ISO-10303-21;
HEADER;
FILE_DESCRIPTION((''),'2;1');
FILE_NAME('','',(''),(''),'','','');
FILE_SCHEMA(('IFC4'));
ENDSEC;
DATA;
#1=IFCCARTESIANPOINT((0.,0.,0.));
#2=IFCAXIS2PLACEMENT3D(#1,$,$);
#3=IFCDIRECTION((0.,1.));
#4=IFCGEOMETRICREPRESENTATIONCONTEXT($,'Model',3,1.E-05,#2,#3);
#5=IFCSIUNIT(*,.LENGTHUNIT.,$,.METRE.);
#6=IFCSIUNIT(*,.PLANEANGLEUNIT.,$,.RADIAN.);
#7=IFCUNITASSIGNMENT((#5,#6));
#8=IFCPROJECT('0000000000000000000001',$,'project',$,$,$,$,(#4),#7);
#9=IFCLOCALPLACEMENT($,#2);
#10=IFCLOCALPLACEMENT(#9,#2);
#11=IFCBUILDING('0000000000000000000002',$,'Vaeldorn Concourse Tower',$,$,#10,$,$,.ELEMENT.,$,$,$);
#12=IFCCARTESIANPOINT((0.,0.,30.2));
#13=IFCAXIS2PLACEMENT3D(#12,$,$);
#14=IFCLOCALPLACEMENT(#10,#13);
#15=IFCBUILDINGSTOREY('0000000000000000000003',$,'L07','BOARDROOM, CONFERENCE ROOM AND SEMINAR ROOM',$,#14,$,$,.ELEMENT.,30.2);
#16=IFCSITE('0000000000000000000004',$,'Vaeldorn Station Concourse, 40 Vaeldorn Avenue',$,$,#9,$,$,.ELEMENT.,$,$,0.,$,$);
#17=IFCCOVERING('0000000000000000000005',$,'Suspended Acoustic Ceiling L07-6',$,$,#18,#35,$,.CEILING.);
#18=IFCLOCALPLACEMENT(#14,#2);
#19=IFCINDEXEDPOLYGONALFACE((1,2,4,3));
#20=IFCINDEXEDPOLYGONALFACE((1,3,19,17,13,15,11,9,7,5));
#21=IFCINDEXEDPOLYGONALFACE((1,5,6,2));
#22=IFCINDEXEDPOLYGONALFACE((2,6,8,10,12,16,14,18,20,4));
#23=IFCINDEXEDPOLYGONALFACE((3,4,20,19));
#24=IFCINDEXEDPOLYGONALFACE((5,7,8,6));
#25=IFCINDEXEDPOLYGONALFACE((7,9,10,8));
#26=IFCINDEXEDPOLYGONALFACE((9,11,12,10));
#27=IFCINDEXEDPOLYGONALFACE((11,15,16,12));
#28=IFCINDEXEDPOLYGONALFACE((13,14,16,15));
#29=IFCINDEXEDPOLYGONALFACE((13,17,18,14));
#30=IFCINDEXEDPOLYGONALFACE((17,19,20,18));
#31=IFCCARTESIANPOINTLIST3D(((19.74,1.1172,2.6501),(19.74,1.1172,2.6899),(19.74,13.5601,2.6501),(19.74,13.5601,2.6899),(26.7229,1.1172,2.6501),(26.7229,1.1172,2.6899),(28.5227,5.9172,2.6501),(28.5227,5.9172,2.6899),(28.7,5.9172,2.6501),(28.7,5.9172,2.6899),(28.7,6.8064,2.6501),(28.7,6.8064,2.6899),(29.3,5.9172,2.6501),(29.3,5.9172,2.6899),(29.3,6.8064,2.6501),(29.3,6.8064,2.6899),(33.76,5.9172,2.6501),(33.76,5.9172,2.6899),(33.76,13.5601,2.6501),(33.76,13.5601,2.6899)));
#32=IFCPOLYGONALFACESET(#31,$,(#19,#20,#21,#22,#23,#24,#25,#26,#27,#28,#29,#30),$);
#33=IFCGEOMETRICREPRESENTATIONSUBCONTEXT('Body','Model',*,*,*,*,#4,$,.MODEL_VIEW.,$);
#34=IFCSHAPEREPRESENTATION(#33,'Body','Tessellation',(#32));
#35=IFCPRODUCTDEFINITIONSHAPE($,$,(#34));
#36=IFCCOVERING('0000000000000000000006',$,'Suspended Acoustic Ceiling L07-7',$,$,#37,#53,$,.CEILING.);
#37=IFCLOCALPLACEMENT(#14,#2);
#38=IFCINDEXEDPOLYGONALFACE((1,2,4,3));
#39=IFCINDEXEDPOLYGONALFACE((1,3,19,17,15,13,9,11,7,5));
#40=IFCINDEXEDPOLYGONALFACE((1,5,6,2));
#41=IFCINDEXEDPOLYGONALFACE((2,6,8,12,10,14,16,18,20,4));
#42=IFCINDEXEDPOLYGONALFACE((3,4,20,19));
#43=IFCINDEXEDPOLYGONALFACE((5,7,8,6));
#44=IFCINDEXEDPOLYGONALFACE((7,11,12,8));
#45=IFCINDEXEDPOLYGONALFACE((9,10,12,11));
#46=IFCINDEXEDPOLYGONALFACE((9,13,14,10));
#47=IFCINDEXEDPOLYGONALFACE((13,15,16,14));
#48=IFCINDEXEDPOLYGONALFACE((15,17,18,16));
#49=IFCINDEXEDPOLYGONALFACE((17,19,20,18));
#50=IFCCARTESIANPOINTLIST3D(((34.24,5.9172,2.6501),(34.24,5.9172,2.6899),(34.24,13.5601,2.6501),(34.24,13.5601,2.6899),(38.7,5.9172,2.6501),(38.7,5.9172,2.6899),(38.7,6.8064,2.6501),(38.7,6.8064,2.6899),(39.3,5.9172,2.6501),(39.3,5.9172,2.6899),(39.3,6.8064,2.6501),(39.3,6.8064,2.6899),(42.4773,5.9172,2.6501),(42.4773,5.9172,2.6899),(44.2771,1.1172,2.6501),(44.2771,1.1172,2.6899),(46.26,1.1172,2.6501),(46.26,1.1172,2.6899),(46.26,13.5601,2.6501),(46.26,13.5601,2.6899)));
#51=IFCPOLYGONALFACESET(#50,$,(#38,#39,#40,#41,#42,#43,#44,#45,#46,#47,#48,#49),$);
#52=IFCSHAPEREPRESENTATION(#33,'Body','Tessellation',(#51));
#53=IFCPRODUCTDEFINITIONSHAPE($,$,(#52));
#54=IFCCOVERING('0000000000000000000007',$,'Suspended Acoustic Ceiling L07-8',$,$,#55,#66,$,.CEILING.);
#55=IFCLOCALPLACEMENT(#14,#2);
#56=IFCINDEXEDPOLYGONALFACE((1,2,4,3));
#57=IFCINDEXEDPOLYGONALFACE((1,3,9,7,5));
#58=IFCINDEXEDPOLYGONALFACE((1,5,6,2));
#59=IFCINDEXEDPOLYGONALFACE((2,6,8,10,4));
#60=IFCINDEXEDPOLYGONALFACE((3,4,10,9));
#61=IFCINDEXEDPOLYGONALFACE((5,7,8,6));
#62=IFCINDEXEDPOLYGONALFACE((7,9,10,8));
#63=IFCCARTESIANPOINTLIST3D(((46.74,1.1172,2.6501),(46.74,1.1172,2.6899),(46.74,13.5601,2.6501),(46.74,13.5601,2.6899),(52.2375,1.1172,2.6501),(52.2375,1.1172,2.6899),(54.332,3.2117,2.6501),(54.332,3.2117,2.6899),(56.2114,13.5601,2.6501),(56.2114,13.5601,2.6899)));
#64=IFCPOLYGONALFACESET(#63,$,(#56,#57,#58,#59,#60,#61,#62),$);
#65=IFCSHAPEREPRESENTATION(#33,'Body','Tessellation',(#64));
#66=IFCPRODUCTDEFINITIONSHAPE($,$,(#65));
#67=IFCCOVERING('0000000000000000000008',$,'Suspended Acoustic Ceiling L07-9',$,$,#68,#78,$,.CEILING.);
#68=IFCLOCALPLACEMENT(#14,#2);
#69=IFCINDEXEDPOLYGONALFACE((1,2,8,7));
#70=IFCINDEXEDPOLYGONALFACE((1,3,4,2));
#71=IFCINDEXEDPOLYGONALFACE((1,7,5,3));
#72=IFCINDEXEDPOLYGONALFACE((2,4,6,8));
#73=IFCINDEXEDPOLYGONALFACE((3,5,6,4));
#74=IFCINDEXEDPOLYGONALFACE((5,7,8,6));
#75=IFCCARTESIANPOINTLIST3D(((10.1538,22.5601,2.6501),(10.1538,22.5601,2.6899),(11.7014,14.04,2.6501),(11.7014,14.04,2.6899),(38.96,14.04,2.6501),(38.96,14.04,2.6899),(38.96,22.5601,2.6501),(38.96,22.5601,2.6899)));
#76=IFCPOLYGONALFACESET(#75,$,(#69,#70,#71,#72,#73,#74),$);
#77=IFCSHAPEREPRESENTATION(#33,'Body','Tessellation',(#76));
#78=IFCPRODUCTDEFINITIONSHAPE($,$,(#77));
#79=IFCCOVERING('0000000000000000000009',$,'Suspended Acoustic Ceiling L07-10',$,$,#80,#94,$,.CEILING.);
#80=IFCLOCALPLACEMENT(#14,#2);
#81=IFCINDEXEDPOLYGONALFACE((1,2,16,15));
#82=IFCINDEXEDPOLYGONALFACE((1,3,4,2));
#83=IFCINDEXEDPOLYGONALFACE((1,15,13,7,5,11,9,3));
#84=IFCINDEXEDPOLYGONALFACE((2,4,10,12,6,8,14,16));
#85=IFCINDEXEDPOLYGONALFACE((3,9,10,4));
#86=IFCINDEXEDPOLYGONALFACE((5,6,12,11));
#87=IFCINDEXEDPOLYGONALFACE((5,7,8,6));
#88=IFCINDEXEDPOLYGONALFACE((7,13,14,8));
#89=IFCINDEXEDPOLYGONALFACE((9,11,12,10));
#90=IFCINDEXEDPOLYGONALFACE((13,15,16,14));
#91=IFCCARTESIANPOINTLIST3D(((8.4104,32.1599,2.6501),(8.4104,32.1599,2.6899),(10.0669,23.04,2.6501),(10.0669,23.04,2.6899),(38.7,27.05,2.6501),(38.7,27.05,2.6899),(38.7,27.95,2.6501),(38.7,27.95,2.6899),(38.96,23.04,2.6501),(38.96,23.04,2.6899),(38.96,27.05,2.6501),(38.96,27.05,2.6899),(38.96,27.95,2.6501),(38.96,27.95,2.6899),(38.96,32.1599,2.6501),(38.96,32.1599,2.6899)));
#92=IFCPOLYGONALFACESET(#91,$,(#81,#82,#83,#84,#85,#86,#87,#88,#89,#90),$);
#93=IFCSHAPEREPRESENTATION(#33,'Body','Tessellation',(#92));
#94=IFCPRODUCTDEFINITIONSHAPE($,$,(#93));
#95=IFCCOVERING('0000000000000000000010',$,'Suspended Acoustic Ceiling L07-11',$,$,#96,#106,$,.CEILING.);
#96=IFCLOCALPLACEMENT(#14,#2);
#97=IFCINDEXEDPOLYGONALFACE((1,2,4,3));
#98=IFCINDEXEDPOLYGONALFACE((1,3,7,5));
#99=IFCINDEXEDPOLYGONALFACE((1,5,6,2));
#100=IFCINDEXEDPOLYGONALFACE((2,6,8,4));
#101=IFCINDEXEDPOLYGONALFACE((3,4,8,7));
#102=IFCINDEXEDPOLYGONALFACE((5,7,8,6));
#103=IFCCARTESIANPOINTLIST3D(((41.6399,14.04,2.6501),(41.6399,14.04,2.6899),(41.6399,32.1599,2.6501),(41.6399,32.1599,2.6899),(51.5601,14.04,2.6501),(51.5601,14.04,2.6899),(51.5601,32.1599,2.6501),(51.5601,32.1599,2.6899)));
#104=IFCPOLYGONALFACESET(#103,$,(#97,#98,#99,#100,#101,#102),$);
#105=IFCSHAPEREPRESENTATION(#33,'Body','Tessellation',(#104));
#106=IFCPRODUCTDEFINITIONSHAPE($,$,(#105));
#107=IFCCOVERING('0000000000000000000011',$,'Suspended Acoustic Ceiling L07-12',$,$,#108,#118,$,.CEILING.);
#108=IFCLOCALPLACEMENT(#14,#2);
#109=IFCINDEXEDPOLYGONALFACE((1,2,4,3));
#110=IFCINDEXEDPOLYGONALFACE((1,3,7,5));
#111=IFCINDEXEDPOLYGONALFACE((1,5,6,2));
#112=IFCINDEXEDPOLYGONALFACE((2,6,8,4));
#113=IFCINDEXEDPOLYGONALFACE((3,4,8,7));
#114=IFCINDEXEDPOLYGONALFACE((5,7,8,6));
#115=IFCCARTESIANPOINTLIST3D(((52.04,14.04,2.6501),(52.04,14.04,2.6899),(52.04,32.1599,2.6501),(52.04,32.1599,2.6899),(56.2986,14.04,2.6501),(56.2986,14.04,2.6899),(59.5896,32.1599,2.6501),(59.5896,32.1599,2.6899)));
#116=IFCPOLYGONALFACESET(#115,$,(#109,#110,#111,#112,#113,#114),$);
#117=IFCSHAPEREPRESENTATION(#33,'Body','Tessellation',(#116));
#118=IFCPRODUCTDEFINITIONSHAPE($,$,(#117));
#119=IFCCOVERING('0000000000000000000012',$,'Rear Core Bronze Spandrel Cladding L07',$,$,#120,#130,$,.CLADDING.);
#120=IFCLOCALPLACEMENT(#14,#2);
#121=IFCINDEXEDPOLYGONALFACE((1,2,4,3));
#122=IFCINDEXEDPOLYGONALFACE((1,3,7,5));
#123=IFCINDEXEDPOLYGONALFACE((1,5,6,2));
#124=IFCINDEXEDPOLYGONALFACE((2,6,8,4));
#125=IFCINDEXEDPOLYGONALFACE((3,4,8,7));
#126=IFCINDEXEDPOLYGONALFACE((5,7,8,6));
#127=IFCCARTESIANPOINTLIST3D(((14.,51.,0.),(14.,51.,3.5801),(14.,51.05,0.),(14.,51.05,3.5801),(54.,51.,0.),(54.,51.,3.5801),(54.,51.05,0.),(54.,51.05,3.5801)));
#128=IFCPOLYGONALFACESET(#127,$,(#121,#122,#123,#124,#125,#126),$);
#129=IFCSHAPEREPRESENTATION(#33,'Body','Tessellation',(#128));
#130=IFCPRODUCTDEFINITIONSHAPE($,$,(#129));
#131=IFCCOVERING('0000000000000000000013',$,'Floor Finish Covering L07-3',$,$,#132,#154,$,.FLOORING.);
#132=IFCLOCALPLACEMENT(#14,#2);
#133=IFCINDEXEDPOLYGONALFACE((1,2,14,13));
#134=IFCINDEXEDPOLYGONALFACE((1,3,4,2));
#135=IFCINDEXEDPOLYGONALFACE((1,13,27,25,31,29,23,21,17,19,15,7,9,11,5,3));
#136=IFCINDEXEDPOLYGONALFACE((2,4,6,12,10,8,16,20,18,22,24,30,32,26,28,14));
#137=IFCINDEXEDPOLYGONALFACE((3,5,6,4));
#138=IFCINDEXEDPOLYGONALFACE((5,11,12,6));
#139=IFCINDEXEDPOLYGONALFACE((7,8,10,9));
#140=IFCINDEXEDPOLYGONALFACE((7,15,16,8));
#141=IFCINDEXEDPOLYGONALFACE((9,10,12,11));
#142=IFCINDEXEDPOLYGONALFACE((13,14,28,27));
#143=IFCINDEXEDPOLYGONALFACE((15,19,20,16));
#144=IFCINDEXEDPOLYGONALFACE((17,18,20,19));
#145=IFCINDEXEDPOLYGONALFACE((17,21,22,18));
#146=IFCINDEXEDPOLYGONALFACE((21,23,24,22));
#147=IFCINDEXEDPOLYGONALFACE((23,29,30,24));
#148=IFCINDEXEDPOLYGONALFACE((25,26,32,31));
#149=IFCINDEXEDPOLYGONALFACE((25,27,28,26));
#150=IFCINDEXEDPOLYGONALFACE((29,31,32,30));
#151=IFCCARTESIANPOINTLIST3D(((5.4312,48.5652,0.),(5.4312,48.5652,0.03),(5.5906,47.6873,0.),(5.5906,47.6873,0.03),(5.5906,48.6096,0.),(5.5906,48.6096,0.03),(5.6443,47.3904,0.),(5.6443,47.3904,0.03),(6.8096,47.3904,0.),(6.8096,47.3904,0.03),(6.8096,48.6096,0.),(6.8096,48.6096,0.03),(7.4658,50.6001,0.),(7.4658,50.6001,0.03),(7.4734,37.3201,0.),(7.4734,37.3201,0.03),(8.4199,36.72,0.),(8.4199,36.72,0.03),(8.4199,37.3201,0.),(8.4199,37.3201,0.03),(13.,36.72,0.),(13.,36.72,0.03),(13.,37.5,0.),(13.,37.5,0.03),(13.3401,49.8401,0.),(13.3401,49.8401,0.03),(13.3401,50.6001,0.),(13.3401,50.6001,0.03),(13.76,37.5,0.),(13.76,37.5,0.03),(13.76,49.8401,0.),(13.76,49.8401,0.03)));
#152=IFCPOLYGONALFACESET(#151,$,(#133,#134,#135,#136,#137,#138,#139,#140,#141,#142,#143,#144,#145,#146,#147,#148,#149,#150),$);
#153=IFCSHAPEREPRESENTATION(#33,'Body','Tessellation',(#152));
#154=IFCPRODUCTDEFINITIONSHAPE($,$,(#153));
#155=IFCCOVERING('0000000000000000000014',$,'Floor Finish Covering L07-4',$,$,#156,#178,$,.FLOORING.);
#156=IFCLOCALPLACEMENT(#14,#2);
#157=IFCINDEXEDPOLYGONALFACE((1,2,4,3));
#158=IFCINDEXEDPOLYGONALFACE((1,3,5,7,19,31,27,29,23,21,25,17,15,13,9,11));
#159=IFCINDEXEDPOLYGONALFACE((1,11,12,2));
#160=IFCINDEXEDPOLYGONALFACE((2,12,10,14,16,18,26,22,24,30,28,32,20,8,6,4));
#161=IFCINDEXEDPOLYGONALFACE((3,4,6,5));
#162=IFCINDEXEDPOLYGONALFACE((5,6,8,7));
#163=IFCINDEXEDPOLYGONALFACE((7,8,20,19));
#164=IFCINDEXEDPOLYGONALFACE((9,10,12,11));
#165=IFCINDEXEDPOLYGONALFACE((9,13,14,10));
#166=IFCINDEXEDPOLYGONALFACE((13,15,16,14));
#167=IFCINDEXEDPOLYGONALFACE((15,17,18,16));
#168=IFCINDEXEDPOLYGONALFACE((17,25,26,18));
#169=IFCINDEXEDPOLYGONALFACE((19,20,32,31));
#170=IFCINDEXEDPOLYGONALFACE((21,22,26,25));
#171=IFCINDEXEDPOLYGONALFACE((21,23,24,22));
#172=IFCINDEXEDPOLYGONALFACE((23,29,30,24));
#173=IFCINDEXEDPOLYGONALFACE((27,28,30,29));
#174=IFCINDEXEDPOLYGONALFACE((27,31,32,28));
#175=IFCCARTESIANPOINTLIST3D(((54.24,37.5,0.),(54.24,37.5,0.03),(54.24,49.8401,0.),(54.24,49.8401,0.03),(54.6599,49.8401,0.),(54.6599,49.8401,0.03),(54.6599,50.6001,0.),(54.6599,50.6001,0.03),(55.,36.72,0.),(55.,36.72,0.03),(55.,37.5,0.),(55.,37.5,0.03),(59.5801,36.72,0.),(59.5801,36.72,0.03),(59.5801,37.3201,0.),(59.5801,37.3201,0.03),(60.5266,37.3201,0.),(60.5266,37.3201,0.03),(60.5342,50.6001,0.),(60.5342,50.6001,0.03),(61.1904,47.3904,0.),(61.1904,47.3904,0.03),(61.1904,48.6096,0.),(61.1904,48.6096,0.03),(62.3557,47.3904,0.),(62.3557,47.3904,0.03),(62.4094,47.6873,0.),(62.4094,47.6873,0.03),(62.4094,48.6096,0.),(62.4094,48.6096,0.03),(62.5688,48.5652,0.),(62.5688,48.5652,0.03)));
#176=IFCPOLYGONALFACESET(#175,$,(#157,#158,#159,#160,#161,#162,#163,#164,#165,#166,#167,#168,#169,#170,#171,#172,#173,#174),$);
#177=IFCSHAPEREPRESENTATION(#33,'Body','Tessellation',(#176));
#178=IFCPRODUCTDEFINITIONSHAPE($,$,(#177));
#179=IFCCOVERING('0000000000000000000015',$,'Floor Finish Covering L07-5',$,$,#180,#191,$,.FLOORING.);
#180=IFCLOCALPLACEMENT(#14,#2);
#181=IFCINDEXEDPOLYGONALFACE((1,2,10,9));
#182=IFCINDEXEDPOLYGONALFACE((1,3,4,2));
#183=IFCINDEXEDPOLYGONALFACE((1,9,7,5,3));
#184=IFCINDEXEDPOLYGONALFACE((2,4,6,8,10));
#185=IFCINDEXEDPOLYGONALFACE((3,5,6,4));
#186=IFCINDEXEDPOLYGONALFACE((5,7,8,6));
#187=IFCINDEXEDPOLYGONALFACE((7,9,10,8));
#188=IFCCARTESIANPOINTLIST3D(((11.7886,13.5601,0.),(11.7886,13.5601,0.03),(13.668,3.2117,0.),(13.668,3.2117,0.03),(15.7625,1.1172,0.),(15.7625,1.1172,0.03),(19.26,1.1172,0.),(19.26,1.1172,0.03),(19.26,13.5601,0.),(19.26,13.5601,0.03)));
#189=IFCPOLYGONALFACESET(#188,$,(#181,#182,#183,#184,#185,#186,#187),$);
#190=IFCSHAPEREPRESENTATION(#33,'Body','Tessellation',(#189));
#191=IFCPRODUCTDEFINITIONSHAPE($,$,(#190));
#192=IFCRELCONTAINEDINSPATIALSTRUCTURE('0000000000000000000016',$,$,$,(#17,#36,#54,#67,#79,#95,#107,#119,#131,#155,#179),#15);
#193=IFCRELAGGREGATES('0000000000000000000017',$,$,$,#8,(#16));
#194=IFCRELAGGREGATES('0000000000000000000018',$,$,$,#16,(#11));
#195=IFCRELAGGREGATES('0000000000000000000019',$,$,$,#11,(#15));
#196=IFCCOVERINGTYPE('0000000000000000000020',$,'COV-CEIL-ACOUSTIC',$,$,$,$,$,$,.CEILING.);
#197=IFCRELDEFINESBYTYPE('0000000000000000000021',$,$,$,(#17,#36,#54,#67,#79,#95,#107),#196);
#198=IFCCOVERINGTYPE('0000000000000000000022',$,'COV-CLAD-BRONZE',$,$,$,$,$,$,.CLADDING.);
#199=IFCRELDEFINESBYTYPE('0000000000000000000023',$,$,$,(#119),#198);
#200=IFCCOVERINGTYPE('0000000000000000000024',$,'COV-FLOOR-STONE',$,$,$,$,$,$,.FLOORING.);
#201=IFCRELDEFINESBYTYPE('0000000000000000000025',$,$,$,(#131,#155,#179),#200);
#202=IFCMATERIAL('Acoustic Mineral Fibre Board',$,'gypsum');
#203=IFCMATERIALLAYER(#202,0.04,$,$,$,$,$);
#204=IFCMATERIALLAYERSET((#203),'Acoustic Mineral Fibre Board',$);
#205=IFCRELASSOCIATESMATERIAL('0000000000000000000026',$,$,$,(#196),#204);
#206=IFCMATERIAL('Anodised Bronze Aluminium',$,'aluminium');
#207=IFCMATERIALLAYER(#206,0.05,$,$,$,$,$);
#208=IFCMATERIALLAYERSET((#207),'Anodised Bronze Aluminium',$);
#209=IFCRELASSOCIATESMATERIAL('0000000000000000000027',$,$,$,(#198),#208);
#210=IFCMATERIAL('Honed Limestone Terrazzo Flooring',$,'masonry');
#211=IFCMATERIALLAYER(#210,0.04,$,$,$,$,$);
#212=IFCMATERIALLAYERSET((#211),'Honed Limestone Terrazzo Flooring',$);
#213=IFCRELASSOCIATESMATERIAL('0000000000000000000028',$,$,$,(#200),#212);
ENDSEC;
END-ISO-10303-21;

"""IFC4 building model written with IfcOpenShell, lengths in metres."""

from ifc_helpers import new_model, si_unit, direction, frame, origin, place, context, subcontext, project, spatial, polyline, outline, extrude, material, layer, layer_set, type_object, element, save


model = new_model("IFC4")

# Units and contexts
model_context = context("Model", 3, precision=1e-05, world=origin(), true_north=direction((0.0, 1.0)))
body_context = subcontext(model_context, "Body", "Model", "MODEL_VIEW")
ifc_project = project(units=[si_unit("LENGTHUNIT", "METRE"), si_unit("PLANEANGLEUNIT", "RADIAN")], contexts=[model_context])

# Site, building, storey
site_placement = place(None, origin())
site = spatial("IfcSite", under=ifc_project, at=site_placement, Name="Vaeldorn Station Concourse, 40 Vaeldorn Avenue", CompositionType="ELEMENT", RefElevation=0.0)
building_placement = place(site_placement, origin())
building = spatial("IfcBuilding", under=site, at=building_placement, Name="Vaeldorn Concourse Tower", CompositionType="ELEMENT")
storey_placement = place(building_placement, frame((0.0, 0.0, 30.2)))
storey = spatial("IfcBuildingStorey", under=building, at=storey_placement, Name="L07", Description="BOARDROOM, CONFERENCE ROOM AND SEMINAR ROOM", CompositionType="ELEMENT", Elevation=30.2)

# Coverings
ifc_material_1 = material(Name="Acoustic Mineral Fibre Board", Category="gypsum")
ifc_layer_1 = layer(ifc_material_1, 0.04)
ifc_layer_set_1 = layer_set([ifc_layer_1], Name="Acoustic Mineral Fibre Board")
covering_type_1 = type_object("IfcCoveringType", Name="COV-CEIL-ACOUSTIC", PredefinedType="CEILING", material=ifc_layer_set_1)
covering_1_placement = place(storey_placement, frame((0.0, 0.0, 2.6501)))
element("IfcCovering", 1, at=covering_1_placement, inside=storey, type_object=covering_type_1, Name="Suspended Acoustic Ceiling L07-6", PredefinedType="CEILING", context=body_context, shape_type="SweptSolid", body=[
    extrude(outline(polyline([(26.7229, 1.1172), (19.74, 1.1172), (19.74, 13.5601), (33.76, 13.5601), (33.76, 5.9172), (29.3, 5.9172), (29.3, 6.8064), (28.7, 6.8064), (28.7, 5.9172), (28.5227, 5.9172), (26.7229, 1.1172)])), origin(), (0.0, 0.0, 1.0), 0.0398),
])
covering_2_placement = place(storey_placement, frame((0.0, 0.0, 2.6501)))
element("IfcCovering", 2, at=covering_2_placement, inside=storey, type_object=covering_type_1, Name="Suspended Acoustic Ceiling L07-7", PredefinedType="CEILING", context=body_context, shape_type="SweptSolid", body=[
    extrude(outline(polyline([(34.24, 13.5601), (46.26, 13.5601), (46.26, 1.1172), (44.2771, 1.1172), (42.4773, 5.9172), (39.3, 5.9172), (39.3, 6.8064), (38.7, 6.8064), (38.7, 5.9172), (34.24, 5.9172), (34.24, 13.5601)])), origin(), (0.0, 0.0, 1.0), 0.0398),
])
covering_3_placement = place(storey_placement, frame((0.0, 0.0, 2.6501)))
element("IfcCovering", 3, at=covering_3_placement, inside=storey, type_object=covering_type_1, Name="Suspended Acoustic Ceiling L07-8", PredefinedType="CEILING", context=body_context, shape_type="SweptSolid", body=[
    extrude(outline(polyline([(52.2375, 1.1172), (46.74, 1.1172), (46.74, 13.5601), (56.2114, 13.5601), (54.332, 3.2117), (52.2375, 1.1172)])), origin(), (0.0, 0.0, 1.0), 0.0398),
])
covering_4_placement = place(storey_placement, frame((0.0, 0.0, 2.6501)))
element("IfcCovering", 4, at=covering_4_placement, inside=storey, type_object=covering_type_1, Name="Suspended Acoustic Ceiling L07-9", PredefinedType="CEILING", context=body_context, shape_type="SweptSolid", body=[
    extrude(outline(polyline([(38.96, 22.5601), (38.96, 14.04), (11.7014, 14.04), (10.1538, 22.5601), (38.96, 22.5601)])), origin(), (0.0, 0.0, 1.0), 0.0398),
])
covering_5_placement = place(storey_placement, frame((0.0, 0.0, 2.6501)))
element("IfcCovering", 5, at=covering_5_placement, inside=storey, type_object=covering_type_1, Name="Suspended Acoustic Ceiling L07-10", PredefinedType="CEILING", context=body_context, shape_type="SweptSolid", body=[
    extrude(outline(polyline([(38.96, 32.1599), (38.96, 27.95), (38.7, 27.95), (38.7, 27.05), (38.96, 27.05), (38.96, 23.04), (10.0669, 23.04), (8.4104, 32.1599), (38.96, 32.1599)])), origin(), (0.0, 0.0, 1.0), 0.0398),
])
covering_6_placement = place(storey_placement, frame((0.0, 0.0, 2.6501)))
element("IfcCovering", 6, at=covering_6_placement, inside=storey, type_object=covering_type_1, Name="Suspended Acoustic Ceiling L07-11", PredefinedType="CEILING", context=body_context, shape_type="SweptSolid", body=[
    extrude(outline(polyline([(41.6399, 32.1599), (51.5601, 32.1599), (51.5601, 14.04), (41.6399, 14.04), (41.6399, 32.1599)])), origin(), (0.0, 0.0, 1.0), 0.0398),
])
covering_7_placement = place(storey_placement, frame((0.0, 0.0, 2.6501)))
element("IfcCovering", 7, at=covering_7_placement, inside=storey, type_object=covering_type_1, Name="Suspended Acoustic Ceiling L07-12", PredefinedType="CEILING", context=body_context, shape_type="SweptSolid", body=[
    extrude(outline(polyline([(52.04, 14.04), (52.04, 32.1599), (59.5896, 32.1599), (56.2986, 14.04), (52.04, 14.04)])), origin(), (0.0, 0.0, 1.0), 0.0398),
])
ifc_material_2 = material(Name="Anodised Bronze Aluminium", Category="aluminium")
ifc_layer_2 = layer(ifc_material_2, 0.05)
ifc_layer_set_2 = layer_set([ifc_layer_2], Name="Anodised Bronze Aluminium")
covering_type_2 = type_object("IfcCoveringType", Name="COV-CLAD-BRONZE", PredefinedType="CLADDING", material=ifc_layer_set_2)
covering_8_placement = place(storey_placement, origin())
element("IfcCovering", 8, at=covering_8_placement, inside=storey, type_object=covering_type_2, Name="Rear Core Bronze Spandrel Cladding L07", PredefinedType="CLADDING", context=body_context, shape_type="SweptSolid", body=[
    extrude(outline(polyline([(14.0, 51.0), (54.0, 51.0), (54.0, 51.05), (14.0, 51.05), (14.0, 51.0)])), origin(), (0.0, 0.0, 1.0), 3.5801),
])
ifc_material_3 = material(Name="Honed Limestone Terrazzo Flooring", Category="masonry")
ifc_layer_3 = layer(ifc_material_3, 0.04)
ifc_layer_set_3 = layer_set([ifc_layer_3], Name="Honed Limestone Terrazzo Flooring")
covering_type_3 = type_object("IfcCoveringType", Name="COV-FLOOR-STONE", PredefinedType="FLOORING", material=ifc_layer_set_3)
covering_9_placement = place(storey_placement, origin())
element("IfcCovering", 9, at=covering_9_placement, inside=storey, type_object=covering_type_3, Name="Floor Finish Covering L07-3", PredefinedType="FLOORING", context=body_context, shape_type="SweptSolid", body=[
    extrude(outline(polyline([(7.4658, 50.6001), (13.3401, 50.6001), (13.3401, 49.8401), (13.76, 49.8401), (13.76, 37.5), (13.0, 37.5), (13.0, 36.72), (8.4199, 36.72), (8.4199, 37.3201), (7.4734, 37.3201), (5.6443, 47.3904), (6.8096, 47.3904), (6.8096, 48.6096), (5.5906, 48.6096), (5.5906, 47.6873), (5.4312, 48.5652), (7.4658, 50.6001)])), origin(), (0.0, 0.0, 1.0), 0.03),
])
covering_10_placement = place(storey_placement, origin())
element("IfcCovering", 10, at=covering_10_placement, inside=storey, type_object=covering_type_3, Name="Floor Finish Covering L07-4", PredefinedType="FLOORING", context=body_context, shape_type="SweptSolid", body=[
    extrude(outline(polyline([(54.6599, 49.8401), (54.6599, 50.6001), (60.5342, 50.6001), (62.5688, 48.5652), (62.4094, 47.6873), (62.4094, 48.6096), (61.1904, 48.6096), (61.1904, 47.3904), (62.3557, 47.3904), (60.5266, 37.3201), (59.5801, 37.3201), (59.5801, 36.72), (55.0, 36.72), (55.0, 37.5), (54.24, 37.5), (54.24, 49.8401), (54.6599, 49.8401)])), origin(), (0.0, 0.0, 1.0), 0.03),
])
covering_11_placement = place(storey_placement, origin())
element("IfcCovering", 11, at=covering_11_placement, inside=storey, type_object=covering_type_3, Name="Floor Finish Covering L07-5", PredefinedType="FLOORING", context=body_context, shape_type="SweptSolid", body=[
    extrude(outline(polyline([(19.26, 13.5601), (19.26, 1.1172), (15.7625, 1.1172), (13.668, 3.2117), (11.7886, 13.5601), (19.26, 13.5601)])), origin(), (0.0, 0.0, 1.0), 0.03),
])

save(model, "model.ifc")
